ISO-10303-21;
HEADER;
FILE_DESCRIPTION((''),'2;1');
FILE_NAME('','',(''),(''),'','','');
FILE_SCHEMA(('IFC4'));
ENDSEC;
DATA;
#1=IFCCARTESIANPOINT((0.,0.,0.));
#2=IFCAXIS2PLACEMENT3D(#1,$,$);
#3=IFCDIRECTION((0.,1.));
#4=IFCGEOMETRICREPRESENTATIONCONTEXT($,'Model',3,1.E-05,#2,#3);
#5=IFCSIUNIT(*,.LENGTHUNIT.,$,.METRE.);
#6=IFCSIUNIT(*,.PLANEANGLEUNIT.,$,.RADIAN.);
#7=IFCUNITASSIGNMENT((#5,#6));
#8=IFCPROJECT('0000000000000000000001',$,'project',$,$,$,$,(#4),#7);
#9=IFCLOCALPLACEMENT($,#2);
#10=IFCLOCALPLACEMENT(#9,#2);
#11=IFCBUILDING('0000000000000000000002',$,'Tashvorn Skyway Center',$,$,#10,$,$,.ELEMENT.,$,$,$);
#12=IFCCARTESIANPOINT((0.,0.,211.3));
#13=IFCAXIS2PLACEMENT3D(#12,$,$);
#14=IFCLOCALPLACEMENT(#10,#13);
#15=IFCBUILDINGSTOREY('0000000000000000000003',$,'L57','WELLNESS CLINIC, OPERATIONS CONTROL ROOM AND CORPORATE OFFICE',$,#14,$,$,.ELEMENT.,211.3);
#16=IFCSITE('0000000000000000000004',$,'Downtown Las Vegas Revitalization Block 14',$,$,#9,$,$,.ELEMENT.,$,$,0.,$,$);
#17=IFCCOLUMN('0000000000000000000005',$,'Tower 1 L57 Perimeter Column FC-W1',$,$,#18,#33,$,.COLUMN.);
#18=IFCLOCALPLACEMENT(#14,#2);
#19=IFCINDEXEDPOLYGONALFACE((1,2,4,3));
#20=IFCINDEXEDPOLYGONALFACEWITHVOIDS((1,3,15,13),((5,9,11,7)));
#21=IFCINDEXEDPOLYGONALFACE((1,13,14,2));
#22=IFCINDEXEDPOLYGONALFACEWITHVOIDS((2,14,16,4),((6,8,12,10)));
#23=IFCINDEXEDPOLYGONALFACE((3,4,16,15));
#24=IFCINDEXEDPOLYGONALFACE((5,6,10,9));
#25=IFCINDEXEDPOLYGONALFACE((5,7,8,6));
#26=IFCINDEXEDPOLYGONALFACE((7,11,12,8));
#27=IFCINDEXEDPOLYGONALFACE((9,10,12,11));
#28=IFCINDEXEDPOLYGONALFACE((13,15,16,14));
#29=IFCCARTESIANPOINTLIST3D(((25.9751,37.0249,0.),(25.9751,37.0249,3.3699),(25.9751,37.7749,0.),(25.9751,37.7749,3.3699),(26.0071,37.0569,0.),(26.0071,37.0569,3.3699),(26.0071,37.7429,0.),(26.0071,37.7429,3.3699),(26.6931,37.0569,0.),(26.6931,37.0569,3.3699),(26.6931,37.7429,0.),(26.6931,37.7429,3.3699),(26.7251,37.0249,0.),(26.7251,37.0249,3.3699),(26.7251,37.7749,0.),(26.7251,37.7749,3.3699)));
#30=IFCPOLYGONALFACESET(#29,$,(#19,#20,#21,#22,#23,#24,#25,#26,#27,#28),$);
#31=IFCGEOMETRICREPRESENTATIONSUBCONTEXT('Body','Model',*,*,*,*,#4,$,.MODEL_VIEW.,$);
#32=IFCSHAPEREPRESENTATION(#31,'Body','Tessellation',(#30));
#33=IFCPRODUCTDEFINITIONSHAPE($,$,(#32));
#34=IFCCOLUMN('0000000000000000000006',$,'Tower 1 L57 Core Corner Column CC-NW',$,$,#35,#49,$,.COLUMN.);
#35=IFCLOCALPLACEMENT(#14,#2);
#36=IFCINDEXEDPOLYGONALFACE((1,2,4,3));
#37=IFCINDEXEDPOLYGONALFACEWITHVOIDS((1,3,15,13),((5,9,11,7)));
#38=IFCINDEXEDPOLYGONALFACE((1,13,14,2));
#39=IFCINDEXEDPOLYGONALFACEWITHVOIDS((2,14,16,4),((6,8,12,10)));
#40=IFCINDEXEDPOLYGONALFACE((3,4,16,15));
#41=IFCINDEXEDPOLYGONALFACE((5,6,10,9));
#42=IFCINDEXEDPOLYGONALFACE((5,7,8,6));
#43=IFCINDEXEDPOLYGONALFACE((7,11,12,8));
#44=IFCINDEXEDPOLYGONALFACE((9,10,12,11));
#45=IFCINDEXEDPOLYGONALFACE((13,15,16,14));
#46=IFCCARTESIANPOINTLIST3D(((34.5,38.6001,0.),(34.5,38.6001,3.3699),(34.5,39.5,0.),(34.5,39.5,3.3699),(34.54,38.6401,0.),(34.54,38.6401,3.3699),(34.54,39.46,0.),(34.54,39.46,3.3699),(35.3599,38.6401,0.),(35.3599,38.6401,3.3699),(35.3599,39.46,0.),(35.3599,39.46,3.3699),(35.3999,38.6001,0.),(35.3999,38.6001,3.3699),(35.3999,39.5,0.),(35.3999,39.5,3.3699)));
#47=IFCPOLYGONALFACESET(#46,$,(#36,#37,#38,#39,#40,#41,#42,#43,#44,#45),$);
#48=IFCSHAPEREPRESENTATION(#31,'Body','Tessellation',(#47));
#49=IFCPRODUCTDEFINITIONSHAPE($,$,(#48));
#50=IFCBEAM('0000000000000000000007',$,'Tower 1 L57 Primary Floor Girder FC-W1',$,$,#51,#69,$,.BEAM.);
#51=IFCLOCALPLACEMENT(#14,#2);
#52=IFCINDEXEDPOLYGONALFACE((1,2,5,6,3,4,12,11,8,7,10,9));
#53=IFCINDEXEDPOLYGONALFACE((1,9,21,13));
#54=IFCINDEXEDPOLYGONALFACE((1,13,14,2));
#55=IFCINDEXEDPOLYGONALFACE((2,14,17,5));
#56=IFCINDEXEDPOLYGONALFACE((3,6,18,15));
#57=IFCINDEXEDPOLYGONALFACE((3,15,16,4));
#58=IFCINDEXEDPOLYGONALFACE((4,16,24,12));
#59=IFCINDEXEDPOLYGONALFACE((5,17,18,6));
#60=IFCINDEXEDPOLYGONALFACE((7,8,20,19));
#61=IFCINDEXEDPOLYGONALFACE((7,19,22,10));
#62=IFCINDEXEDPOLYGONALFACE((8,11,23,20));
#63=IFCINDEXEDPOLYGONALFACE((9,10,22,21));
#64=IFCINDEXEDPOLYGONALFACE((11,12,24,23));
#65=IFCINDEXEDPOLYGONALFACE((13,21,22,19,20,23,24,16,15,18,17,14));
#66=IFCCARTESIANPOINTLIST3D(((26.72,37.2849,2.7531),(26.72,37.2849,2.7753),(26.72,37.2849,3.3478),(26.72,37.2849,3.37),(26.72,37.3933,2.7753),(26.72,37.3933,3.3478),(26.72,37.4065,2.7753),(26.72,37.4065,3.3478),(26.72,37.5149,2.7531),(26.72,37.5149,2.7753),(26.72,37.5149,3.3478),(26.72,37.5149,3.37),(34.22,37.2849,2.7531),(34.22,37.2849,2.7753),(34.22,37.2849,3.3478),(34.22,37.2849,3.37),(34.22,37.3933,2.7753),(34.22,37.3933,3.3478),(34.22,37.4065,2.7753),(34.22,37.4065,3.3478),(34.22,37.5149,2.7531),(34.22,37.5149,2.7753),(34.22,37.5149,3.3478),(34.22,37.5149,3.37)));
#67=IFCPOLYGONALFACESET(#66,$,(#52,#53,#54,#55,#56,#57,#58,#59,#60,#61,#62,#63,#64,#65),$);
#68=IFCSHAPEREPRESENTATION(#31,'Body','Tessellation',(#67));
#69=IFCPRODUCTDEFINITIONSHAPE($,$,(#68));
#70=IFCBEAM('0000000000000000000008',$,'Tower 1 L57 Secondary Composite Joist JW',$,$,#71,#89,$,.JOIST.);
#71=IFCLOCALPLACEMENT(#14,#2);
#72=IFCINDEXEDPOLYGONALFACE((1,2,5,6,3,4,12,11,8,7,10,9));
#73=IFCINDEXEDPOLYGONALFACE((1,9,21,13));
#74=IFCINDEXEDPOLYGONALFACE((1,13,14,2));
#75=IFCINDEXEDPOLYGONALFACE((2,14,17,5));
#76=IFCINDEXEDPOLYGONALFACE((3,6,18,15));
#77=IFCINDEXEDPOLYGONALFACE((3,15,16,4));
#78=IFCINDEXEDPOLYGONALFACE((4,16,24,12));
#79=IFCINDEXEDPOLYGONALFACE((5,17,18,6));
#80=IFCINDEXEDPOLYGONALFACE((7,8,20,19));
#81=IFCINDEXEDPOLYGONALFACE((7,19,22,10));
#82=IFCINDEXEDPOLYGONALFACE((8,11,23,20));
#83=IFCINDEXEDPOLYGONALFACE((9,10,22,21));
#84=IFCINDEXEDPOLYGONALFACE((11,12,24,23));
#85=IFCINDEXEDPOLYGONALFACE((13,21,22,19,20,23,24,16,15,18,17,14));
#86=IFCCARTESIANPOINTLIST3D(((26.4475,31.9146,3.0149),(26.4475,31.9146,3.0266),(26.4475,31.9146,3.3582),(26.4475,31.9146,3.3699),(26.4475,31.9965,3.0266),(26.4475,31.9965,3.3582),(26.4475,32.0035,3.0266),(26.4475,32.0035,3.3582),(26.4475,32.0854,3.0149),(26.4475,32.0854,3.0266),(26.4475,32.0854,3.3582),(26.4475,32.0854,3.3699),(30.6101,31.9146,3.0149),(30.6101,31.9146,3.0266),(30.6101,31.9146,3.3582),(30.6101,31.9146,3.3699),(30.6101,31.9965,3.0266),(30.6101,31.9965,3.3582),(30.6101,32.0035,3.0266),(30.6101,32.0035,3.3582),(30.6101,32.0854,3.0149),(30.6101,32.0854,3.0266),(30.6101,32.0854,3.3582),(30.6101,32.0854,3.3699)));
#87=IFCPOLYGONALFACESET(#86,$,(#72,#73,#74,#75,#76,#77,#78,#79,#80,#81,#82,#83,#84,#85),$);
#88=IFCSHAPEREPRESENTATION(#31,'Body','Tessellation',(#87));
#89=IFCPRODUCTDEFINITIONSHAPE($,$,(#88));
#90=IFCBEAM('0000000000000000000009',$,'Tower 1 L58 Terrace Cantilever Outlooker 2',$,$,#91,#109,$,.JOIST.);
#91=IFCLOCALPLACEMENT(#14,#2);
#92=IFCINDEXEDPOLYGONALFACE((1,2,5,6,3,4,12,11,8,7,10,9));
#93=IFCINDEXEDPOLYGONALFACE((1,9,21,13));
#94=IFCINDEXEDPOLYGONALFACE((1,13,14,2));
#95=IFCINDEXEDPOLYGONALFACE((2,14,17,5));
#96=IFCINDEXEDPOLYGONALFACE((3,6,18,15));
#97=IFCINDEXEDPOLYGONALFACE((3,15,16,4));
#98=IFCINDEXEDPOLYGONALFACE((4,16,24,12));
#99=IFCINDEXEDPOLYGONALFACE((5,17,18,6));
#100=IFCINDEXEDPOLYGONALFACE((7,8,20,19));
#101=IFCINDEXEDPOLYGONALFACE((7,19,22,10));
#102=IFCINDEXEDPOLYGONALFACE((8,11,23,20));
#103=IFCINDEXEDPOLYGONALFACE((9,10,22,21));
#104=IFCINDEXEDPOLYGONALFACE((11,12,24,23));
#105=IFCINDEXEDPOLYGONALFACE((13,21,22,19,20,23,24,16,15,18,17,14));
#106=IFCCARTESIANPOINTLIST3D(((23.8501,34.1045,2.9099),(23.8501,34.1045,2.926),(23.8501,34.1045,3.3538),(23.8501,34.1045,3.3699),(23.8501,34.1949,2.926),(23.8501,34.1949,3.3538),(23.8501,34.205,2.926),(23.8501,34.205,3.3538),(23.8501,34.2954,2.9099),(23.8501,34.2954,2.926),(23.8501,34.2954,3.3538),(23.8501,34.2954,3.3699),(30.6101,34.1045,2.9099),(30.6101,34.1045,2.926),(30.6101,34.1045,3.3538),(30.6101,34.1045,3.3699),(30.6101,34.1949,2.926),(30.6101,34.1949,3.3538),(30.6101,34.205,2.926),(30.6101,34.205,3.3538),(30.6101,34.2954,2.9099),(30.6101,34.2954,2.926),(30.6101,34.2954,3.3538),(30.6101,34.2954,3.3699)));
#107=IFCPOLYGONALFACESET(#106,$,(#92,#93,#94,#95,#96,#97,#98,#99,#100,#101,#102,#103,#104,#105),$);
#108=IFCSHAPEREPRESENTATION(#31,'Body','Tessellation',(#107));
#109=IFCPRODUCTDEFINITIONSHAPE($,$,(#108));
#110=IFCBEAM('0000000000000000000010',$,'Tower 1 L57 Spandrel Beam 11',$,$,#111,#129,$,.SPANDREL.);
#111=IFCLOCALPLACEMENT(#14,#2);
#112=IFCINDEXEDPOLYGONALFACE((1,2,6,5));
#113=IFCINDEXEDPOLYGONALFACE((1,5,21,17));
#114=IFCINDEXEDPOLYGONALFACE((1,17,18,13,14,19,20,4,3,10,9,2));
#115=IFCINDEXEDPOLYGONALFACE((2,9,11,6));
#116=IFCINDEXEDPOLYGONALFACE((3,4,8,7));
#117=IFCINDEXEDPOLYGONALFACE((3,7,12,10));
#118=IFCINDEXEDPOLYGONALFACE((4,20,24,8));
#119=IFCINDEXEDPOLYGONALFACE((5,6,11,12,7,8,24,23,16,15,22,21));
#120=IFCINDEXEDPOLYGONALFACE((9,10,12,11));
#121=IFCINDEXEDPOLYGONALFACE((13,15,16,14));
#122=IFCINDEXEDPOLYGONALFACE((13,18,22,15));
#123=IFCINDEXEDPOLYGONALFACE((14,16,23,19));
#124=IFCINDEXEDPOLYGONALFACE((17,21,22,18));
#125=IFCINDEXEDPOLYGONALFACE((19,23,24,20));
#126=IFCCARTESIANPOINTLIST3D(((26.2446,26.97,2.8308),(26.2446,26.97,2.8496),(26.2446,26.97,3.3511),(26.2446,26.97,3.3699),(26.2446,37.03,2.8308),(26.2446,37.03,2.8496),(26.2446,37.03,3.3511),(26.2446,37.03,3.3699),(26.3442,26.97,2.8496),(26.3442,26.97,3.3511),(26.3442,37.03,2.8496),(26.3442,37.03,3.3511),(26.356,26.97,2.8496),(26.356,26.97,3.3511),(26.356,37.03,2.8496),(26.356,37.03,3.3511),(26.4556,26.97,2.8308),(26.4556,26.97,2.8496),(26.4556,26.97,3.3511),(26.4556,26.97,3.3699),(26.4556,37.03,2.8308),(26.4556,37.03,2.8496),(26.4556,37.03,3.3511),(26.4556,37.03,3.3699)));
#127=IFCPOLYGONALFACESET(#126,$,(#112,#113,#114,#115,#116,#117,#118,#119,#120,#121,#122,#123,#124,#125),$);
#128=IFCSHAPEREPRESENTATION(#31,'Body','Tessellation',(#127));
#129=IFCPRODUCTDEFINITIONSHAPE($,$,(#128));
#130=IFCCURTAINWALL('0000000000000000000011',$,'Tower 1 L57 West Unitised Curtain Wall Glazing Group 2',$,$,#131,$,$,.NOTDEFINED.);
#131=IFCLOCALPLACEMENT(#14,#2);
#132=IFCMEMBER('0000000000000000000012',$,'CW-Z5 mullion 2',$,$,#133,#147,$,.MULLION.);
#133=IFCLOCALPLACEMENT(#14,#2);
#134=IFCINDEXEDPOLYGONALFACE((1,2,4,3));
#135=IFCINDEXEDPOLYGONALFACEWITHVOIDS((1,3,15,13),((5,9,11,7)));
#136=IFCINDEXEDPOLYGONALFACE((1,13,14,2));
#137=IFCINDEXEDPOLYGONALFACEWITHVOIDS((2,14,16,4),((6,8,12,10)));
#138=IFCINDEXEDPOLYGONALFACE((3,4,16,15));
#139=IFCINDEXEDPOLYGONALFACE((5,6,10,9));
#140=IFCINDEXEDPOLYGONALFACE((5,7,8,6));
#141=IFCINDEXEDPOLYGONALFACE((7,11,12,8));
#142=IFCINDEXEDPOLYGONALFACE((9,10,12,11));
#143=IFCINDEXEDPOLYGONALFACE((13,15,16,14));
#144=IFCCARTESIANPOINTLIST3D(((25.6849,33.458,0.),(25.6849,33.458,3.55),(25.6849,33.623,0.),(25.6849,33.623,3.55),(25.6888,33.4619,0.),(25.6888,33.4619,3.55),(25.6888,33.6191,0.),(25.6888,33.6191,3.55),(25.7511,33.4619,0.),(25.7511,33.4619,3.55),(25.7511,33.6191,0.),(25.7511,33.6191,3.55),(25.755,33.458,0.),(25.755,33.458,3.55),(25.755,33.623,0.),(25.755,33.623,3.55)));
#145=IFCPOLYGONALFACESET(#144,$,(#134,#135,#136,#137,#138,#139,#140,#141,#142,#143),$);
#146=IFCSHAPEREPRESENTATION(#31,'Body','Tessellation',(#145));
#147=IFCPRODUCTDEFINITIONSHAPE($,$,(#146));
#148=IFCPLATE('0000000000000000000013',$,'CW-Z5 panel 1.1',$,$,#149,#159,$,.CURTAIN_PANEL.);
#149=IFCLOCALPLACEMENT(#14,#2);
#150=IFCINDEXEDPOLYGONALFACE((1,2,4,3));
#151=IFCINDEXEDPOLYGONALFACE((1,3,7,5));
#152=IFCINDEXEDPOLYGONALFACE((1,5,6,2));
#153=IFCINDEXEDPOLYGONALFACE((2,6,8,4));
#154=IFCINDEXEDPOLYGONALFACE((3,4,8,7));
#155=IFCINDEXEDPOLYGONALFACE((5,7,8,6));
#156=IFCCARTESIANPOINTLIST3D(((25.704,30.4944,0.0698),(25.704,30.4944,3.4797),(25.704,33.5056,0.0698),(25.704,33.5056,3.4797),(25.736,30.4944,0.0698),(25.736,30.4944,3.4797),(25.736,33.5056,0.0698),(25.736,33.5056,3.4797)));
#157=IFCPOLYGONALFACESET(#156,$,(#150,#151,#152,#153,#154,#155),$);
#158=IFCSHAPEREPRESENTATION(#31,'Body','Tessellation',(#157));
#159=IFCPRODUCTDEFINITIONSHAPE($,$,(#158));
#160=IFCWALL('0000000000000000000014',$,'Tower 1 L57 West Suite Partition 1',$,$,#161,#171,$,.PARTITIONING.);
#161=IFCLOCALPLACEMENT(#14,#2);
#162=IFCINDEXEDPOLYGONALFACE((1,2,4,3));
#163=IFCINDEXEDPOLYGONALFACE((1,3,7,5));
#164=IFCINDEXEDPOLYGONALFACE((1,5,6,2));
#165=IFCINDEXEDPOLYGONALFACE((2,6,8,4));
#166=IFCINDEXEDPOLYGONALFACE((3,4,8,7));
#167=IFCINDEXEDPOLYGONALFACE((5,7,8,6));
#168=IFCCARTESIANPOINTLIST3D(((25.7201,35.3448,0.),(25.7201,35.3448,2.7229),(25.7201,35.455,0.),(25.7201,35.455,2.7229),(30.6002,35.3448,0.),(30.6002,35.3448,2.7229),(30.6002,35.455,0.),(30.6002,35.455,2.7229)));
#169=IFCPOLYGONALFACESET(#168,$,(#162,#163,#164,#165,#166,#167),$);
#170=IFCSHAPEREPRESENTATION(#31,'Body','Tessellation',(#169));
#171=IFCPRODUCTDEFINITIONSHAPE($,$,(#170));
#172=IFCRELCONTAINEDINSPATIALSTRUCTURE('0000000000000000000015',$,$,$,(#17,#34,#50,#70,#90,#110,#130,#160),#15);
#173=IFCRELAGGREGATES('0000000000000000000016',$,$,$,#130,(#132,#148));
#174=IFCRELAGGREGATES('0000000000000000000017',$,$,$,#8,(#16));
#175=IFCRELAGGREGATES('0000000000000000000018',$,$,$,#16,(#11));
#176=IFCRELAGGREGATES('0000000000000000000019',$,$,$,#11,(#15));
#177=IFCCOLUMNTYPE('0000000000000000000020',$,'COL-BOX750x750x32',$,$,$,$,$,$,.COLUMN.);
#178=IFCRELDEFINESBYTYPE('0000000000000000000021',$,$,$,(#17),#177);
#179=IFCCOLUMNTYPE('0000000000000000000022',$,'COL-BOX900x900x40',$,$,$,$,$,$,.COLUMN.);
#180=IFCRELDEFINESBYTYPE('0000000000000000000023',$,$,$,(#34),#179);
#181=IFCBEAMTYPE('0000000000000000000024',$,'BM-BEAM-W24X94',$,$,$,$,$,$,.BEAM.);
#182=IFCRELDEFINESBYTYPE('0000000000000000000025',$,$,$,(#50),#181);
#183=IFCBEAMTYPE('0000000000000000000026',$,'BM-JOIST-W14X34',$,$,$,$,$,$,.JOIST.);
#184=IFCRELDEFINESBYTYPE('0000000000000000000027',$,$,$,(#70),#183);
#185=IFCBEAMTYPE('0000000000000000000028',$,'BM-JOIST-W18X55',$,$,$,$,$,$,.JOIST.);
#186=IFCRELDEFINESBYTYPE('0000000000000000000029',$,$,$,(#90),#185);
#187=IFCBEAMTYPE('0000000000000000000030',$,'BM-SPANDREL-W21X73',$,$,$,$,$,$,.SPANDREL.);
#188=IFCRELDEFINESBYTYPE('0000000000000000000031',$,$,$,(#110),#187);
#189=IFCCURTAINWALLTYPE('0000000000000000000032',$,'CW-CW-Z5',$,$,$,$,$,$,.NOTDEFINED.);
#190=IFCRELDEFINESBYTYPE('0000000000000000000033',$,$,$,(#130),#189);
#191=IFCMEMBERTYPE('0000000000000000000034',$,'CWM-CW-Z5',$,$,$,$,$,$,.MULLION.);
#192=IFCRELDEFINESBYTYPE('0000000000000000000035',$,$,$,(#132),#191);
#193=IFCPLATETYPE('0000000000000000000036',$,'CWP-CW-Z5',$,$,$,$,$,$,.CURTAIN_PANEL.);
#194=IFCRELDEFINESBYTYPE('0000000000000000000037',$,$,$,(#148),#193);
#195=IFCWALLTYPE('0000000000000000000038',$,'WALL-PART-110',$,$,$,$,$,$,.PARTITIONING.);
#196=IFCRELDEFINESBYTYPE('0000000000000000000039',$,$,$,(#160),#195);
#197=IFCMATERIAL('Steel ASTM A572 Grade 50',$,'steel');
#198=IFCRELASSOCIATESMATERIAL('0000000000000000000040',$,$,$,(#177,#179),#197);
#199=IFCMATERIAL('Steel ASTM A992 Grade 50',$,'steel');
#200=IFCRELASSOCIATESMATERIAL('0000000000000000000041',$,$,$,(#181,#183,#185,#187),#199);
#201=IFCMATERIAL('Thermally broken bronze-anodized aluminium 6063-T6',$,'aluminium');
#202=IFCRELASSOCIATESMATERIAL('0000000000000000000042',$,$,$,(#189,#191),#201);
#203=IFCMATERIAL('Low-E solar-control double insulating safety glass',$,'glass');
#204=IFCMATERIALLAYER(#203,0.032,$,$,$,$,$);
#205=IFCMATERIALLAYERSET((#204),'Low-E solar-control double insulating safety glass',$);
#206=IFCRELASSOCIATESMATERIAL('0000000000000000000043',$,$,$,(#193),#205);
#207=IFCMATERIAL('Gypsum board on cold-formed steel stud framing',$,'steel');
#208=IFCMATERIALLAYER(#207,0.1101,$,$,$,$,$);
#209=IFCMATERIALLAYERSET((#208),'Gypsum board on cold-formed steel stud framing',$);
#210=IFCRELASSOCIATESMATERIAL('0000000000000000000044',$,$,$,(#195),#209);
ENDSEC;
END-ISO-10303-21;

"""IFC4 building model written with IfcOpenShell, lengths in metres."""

from ifc_helpers import new_model, si_unit, direction, frame, frame_2d, origin, origin_2d, place, context, subcontext, project, spatial, rectangle, hollow_rectangle, i_section, extrude, material, layer, layer_set, material_profile, profile_set, type_object, element, aggregate, save


model = new_model("IFC4")

# Units and contexts
model_context = context("Model", 3, precision=1e-05, world=origin(), true_north=direction((0.0, 1.0)))
body_context = subcontext(model_context, "Body", "Model", "MODEL_VIEW")
ifc_project = project(units=[si_unit("LENGTHUNIT", "METRE"), si_unit("PLANEANGLEUNIT", "RADIAN")], contexts=[model_context])

# Site, building, storey
site_placement = place(None, origin())
site = spatial("IfcSite", under=ifc_project, at=site_placement, Name="Downtown Las Vegas Revitalization Block 14", CompositionType="ELEMENT", RefElevation=0.0)
building_placement = place(site_placement, origin())
building = spatial("IfcBuilding", under=site, at=building_placement, Name="Tashvorn Skyway Center", CompositionType="ELEMENT")
storey_placement = place(building_placement, frame((0.0, 0.0, 211.3)))
storey = spatial("IfcBuildingStorey", under=building, at=storey_placement, Name="L57", Description="WELLNESS CLINIC, OPERATIONS CONTROL ROOM AND CORPORATE OFFICE", CompositionType="ELEMENT", Elevation=211.3)

# Columns
ifc_material_1 = material(Name="Steel ASTM A572 Grade 50", Category="steel")
ifc_material_profile_1 = material_profile(ifc_material_1, hollow_rectangle(XDim=0.75, YDim=0.75, WallThickness=0.032, at=origin_2d()), Name="BOX750x750x32")
ifc_profile_set_1 = profile_set([ifc_material_profile_1], Name="Steel ASTM A572 Grade 50")
column_type_1 = type_object("IfcColumnType", Name="COL-BOX750x750x32", PredefinedType="COLUMN", material=ifc_profile_set_1)
column_1_placement = place(storey_placement, frame((26.3501, 37.3999, 0.0), z_axis=(0.0, 0.0, 1.0), x_axis=(1.0, 0.0, 0.0)))
element("IfcColumn", 1, at=column_1_placement, inside=storey, type_object=column_type_1, Name="Tower 1 L57 Perimeter Column FC-W1", PredefinedType="COLUMN", context=body_context, shape_type="SweptSolid", body=[
    extrude(hollow_rectangle(XDim=0.75, YDim=0.75, WallThickness=0.032, at=origin_2d()), origin(), (0.0, 0.0, 1.0), 3.3699),
])
ifc_material_profile_2 = material_profile(ifc_material_1, hollow_rectangle(XDim=0.8999, YDim=0.8999, WallThickness=0.04, at=origin_2d()), Name="BOX900x900x40")
ifc_profile_set_2 = profile_set([ifc_material_profile_2], Name="Steel ASTM A572 Grade 50")
column_type_2 = type_object("IfcColumnType", Name="COL-BOX900x900x40", PredefinedType="COLUMN", material=ifc_profile_set_2)
column_2_placement = place(storey_placement, frame((34.95, 39.05, 0.0), z_axis=(0.0, 0.0, 1.0), x_axis=(1.0, 0.0, 0.0)))
element("IfcColumn", 2, at=column_2_placement, inside=storey, type_object=column_type_2, Name="Tower 1 L57 Core Corner Column CC-NW", PredefinedType="COLUMN", context=body_context, shape_type="SweptSolid", body=[
    extrude(hollow_rectangle(XDim=0.8999, YDim=0.8999, WallThickness=0.04, at=origin_2d()), origin(), (0.0, 0.0, 1.0), 3.3699),
])

# Beams
ifc_material_2 = material(Name="Steel ASTM A992 Grade 50", Category="steel")
ifc_material_profile_3 = material_profile(ifc_material_2, i_section(OverallWidth=0.23, OverallDepth=0.6169, WebThickness=0.0132, FlangeThickness=0.0222, at=origin_2d()), Name="W24X94")
ifc_profile_set_3 = profile_set([ifc_material_profile_3], Name="Steel ASTM A992 Grade 50")
beam_type_1 = type_object("IfcBeamType", Name="BM-BEAM-W24X94", PredefinedType="BEAM", material=ifc_profile_set_3)
beam_1_placement = place(storey_placement, frame((26.72, 37.3999, 3.0615), z_axis=(1.0, 0.0, 0.0), x_axis=(0.0, 1.0, 0.0)))
element("IfcBeam", 3, at=beam_1_placement, inside=storey, type_object=beam_type_1, Name="Tower 1 L57 Primary Floor Girder FC-W1", PredefinedType="BEAM", context=body_context, shape_type="SweptSolid", body=[
    extrude(i_section(OverallWidth=0.23, OverallDepth=0.6169, WebThickness=0.0132, FlangeThickness=0.0222, at=origin_2d()), origin(), (0.0, 0.0, 1.0), 7.5),
])
ifc_material_profile_4 = material_profile(ifc_material_2, i_section(OverallWidth=0.1709, OverallDepth=0.355, WebThickness=0.0071, FlangeThickness=0.0117, at=origin_2d()), Name="W14X34")
ifc_profile_set_4 = profile_set([ifc_material_profile_4], Name="Steel ASTM A992 Grade 50")
beam_type_2 = type_object("IfcBeamType", Name="BM-JOIST-W14X34", PredefinedType="JOIST", material=ifc_profile_set_4)
beam_2_placement = place(storey_placement, frame((30.6101, 32.0, 3.1924), z_axis=(-1.0, 0.0, 0.0), x_axis=(0.0, -1.0, 0.0)))
element("IfcBeam", 4, at=beam_2_placement, inside=storey, type_object=beam_type_2, Name="Tower 1 L57 Secondary Composite Joist JW", PredefinedType="JOIST", context=body_context, shape_type="SweptSolid", body=[
    extrude(i_section(OverallWidth=0.1709, OverallDepth=0.355, WebThickness=0.0071, FlangeThickness=0.0117, at=origin_2d()), origin(), (0.0, 0.0, 1.0), 4.1626),
])
ifc_material_profile_5 = material_profile(ifc_material_2, i_section(OverallWidth=0.1909, OverallDepth=0.46, WebThickness=0.01, FlangeThickness=0.0161, at=origin_2d()), Name="W18X55")
ifc_profile_set_5 = profile_set([ifc_material_profile_5], Name="Steel ASTM A992 Grade 50")
beam_type_3 = type_object("IfcBeamType", Name="BM-JOIST-W18X55", PredefinedType="JOIST", material=ifc_profile_set_5)
beam_3_placement = place(storey_placement, frame((30.6101, 34.2, 3.1399), z_axis=(-1.0, 0.0, 0.0), x_axis=(0.0, -1.0, 0.0)))
element("IfcBeam", 5, at=beam_3_placement, inside=storey, type_object=beam_type_3, Name="Tower 1 L58 Terrace Cantilever Outlooker 2", PredefinedType="JOIST", context=body_context, shape_type="SweptSolid", body=[
    extrude(i_section(OverallWidth=0.1909, OverallDepth=0.46, WebThickness=0.01, FlangeThickness=0.0161, at=origin_2d()), origin(), (0.0, 0.0, 1.0), 6.76),
])
ifc_material_profile_6 = material_profile(ifc_material_2, i_section(OverallWidth=0.2109, OverallDepth=0.5391, WebThickness=0.0117, FlangeThickness=0.0188, at=origin_2d()), Name="W21X73")
ifc_profile_set_6 = profile_set([ifc_material_profile_6], Name="Steel ASTM A992 Grade 50")
beam_type_4 = type_object("IfcBeamType", Name="BM-SPANDREL-W21X73", PredefinedType="SPANDREL", material=ifc_profile_set_6)
beam_4_placement = place(storey_placement, frame((26.3501, 37.03, 3.1003), z_axis=(0.0, -1.0, 0.0), x_axis=(1.0, 0.0, 0.0)))
element("IfcBeam", 6, at=beam_4_placement, inside=storey, type_object=beam_type_4, Name="Tower 1 L57 Spandrel Beam 11", PredefinedType="SPANDREL", context=body_context, shape_type="SweptSolid", body=[
    extrude(i_section(OverallWidth=0.2109, OverallDepth=0.5391, WebThickness=0.0117, FlangeThickness=0.0188, at=origin_2d()), origin(), (0.0, 0.0, 1.0), 10.0601),
])

# Curtain wall, member, plate
ifc_material_3 = material(Name="Thermally broken bronze-anodized aluminium 6063-T6", Category="aluminium")
curtain_wall_type = type_object("IfcCurtainWallType", Name="CW-CW-Z5", PredefinedType="NOTDEFINED", material=ifc_material_3)
curtain_wall_placement = place(storey_placement, origin())
curtain_wall = element("IfcCurtainWall", 7, at=curtain_wall_placement, inside=storey, type_object=curtain_wall_type, Name="Tower 1 L57 West Unitised Curtain Wall Glazing Group 2", PredefinedType="NOTDEFINED")
ifc_material_profile_7 = material_profile(ifc_material_3, hollow_rectangle(XDim=0.0701, YDim=0.165, WallThickness=0.0039, at=origin_2d()), Name="ALU-MULL-70x165")
ifc_profile_set_7 = profile_set([ifc_material_profile_7], Name="Thermally broken bronze-anodized aluminium 6063-T6")
member_type = type_object("IfcMemberType", Name="CWM-CW-Z5", PredefinedType="MULLION", material=ifc_profile_set_7)
member_placement = place(storey_placement, frame((25.72, 33.5405, 0.0), z_axis=(0.0, 0.0, 1.0), x_axis=(-1.0, 0.0, 0.0)))
member = element("IfcMember", 8, at=member_placement, type_object=member_type, Name="CW-Z5 mullion 2", PredefinedType="MULLION", context=body_context, shape_type="SweptSolid", body=[
    extrude(hollow_rectangle(XDim=0.0701, YDim=0.165, WallThickness=0.0039, at=origin_2d()), origin(), (0.0, 0.0, 1.0), 3.55),
])
ifc_material_4 = material(Name="Low-E solar-control double insulating safety glass", Category="glass")
ifc_layer_1 = layer(ifc_material_4, 0.032)
ifc_layer_set_1 = layer_set([ifc_layer_1], Name="Low-E solar-control double insulating safety glass")
plate_type = type_object("IfcPlateType", Name="CWP-CW-Z5", PredefinedType="CURTAIN_PANEL", material=ifc_layer_set_1)
plate_placement = place(storey_placement, frame((25.72, 32.0, 0.0698), z_axis=(0.0, 0.0, 1.0), x_axis=(0.0, 1.0, 0.0)))
plate = element("IfcPlate", 9, at=plate_placement, type_object=plate_type, Name="CW-Z5 panel 1.1", PredefinedType="CURTAIN_PANEL", context=body_context, shape_type="SweptSolid", body=[
    extrude(rectangle(XDim=3.0112, YDim=0.032, at=origin_2d()), origin(), (0.0, 0.0, 1.0), 3.4099),
])
aggregate(curtain_wall, [member, plate])

# Wall
ifc_material_5 = material(Name="Gypsum board on cold-formed steel stud framing", Category="steel")
ifc_layer_2 = layer(ifc_material_5, 0.1101)
ifc_layer_set_2 = layer_set([ifc_layer_2], Name="Gypsum board on cold-formed steel stud framing")
wall_type_1 = type_object("IfcWallType", Name="WALL-PART-110", PredefinedType="PARTITIONING", material=ifc_layer_set_2)
wall_1_placement = place(storey_placement, frame((30.6001, 35.3999, 0.0), z_axis=(0.0, 0.0, 1.0), x_axis=(-1.0, 0.0, 0.0)))
element("IfcWall", 10, at=wall_1_placement, inside=storey, type_object=wall_type_1, Name="Tower 1 L57 West Suite Partition 1", PredefinedType="PARTITIONING", context=body_context, shape_type="SweptSolid", body=[
    extrude(rectangle(XDim=4.8801, YDim=0.1101, at=frame_2d((2.4399, 0.0))), origin(), (0.0, 0.0, 1.0), 2.7229),
])

save(model, "model.ifc")
